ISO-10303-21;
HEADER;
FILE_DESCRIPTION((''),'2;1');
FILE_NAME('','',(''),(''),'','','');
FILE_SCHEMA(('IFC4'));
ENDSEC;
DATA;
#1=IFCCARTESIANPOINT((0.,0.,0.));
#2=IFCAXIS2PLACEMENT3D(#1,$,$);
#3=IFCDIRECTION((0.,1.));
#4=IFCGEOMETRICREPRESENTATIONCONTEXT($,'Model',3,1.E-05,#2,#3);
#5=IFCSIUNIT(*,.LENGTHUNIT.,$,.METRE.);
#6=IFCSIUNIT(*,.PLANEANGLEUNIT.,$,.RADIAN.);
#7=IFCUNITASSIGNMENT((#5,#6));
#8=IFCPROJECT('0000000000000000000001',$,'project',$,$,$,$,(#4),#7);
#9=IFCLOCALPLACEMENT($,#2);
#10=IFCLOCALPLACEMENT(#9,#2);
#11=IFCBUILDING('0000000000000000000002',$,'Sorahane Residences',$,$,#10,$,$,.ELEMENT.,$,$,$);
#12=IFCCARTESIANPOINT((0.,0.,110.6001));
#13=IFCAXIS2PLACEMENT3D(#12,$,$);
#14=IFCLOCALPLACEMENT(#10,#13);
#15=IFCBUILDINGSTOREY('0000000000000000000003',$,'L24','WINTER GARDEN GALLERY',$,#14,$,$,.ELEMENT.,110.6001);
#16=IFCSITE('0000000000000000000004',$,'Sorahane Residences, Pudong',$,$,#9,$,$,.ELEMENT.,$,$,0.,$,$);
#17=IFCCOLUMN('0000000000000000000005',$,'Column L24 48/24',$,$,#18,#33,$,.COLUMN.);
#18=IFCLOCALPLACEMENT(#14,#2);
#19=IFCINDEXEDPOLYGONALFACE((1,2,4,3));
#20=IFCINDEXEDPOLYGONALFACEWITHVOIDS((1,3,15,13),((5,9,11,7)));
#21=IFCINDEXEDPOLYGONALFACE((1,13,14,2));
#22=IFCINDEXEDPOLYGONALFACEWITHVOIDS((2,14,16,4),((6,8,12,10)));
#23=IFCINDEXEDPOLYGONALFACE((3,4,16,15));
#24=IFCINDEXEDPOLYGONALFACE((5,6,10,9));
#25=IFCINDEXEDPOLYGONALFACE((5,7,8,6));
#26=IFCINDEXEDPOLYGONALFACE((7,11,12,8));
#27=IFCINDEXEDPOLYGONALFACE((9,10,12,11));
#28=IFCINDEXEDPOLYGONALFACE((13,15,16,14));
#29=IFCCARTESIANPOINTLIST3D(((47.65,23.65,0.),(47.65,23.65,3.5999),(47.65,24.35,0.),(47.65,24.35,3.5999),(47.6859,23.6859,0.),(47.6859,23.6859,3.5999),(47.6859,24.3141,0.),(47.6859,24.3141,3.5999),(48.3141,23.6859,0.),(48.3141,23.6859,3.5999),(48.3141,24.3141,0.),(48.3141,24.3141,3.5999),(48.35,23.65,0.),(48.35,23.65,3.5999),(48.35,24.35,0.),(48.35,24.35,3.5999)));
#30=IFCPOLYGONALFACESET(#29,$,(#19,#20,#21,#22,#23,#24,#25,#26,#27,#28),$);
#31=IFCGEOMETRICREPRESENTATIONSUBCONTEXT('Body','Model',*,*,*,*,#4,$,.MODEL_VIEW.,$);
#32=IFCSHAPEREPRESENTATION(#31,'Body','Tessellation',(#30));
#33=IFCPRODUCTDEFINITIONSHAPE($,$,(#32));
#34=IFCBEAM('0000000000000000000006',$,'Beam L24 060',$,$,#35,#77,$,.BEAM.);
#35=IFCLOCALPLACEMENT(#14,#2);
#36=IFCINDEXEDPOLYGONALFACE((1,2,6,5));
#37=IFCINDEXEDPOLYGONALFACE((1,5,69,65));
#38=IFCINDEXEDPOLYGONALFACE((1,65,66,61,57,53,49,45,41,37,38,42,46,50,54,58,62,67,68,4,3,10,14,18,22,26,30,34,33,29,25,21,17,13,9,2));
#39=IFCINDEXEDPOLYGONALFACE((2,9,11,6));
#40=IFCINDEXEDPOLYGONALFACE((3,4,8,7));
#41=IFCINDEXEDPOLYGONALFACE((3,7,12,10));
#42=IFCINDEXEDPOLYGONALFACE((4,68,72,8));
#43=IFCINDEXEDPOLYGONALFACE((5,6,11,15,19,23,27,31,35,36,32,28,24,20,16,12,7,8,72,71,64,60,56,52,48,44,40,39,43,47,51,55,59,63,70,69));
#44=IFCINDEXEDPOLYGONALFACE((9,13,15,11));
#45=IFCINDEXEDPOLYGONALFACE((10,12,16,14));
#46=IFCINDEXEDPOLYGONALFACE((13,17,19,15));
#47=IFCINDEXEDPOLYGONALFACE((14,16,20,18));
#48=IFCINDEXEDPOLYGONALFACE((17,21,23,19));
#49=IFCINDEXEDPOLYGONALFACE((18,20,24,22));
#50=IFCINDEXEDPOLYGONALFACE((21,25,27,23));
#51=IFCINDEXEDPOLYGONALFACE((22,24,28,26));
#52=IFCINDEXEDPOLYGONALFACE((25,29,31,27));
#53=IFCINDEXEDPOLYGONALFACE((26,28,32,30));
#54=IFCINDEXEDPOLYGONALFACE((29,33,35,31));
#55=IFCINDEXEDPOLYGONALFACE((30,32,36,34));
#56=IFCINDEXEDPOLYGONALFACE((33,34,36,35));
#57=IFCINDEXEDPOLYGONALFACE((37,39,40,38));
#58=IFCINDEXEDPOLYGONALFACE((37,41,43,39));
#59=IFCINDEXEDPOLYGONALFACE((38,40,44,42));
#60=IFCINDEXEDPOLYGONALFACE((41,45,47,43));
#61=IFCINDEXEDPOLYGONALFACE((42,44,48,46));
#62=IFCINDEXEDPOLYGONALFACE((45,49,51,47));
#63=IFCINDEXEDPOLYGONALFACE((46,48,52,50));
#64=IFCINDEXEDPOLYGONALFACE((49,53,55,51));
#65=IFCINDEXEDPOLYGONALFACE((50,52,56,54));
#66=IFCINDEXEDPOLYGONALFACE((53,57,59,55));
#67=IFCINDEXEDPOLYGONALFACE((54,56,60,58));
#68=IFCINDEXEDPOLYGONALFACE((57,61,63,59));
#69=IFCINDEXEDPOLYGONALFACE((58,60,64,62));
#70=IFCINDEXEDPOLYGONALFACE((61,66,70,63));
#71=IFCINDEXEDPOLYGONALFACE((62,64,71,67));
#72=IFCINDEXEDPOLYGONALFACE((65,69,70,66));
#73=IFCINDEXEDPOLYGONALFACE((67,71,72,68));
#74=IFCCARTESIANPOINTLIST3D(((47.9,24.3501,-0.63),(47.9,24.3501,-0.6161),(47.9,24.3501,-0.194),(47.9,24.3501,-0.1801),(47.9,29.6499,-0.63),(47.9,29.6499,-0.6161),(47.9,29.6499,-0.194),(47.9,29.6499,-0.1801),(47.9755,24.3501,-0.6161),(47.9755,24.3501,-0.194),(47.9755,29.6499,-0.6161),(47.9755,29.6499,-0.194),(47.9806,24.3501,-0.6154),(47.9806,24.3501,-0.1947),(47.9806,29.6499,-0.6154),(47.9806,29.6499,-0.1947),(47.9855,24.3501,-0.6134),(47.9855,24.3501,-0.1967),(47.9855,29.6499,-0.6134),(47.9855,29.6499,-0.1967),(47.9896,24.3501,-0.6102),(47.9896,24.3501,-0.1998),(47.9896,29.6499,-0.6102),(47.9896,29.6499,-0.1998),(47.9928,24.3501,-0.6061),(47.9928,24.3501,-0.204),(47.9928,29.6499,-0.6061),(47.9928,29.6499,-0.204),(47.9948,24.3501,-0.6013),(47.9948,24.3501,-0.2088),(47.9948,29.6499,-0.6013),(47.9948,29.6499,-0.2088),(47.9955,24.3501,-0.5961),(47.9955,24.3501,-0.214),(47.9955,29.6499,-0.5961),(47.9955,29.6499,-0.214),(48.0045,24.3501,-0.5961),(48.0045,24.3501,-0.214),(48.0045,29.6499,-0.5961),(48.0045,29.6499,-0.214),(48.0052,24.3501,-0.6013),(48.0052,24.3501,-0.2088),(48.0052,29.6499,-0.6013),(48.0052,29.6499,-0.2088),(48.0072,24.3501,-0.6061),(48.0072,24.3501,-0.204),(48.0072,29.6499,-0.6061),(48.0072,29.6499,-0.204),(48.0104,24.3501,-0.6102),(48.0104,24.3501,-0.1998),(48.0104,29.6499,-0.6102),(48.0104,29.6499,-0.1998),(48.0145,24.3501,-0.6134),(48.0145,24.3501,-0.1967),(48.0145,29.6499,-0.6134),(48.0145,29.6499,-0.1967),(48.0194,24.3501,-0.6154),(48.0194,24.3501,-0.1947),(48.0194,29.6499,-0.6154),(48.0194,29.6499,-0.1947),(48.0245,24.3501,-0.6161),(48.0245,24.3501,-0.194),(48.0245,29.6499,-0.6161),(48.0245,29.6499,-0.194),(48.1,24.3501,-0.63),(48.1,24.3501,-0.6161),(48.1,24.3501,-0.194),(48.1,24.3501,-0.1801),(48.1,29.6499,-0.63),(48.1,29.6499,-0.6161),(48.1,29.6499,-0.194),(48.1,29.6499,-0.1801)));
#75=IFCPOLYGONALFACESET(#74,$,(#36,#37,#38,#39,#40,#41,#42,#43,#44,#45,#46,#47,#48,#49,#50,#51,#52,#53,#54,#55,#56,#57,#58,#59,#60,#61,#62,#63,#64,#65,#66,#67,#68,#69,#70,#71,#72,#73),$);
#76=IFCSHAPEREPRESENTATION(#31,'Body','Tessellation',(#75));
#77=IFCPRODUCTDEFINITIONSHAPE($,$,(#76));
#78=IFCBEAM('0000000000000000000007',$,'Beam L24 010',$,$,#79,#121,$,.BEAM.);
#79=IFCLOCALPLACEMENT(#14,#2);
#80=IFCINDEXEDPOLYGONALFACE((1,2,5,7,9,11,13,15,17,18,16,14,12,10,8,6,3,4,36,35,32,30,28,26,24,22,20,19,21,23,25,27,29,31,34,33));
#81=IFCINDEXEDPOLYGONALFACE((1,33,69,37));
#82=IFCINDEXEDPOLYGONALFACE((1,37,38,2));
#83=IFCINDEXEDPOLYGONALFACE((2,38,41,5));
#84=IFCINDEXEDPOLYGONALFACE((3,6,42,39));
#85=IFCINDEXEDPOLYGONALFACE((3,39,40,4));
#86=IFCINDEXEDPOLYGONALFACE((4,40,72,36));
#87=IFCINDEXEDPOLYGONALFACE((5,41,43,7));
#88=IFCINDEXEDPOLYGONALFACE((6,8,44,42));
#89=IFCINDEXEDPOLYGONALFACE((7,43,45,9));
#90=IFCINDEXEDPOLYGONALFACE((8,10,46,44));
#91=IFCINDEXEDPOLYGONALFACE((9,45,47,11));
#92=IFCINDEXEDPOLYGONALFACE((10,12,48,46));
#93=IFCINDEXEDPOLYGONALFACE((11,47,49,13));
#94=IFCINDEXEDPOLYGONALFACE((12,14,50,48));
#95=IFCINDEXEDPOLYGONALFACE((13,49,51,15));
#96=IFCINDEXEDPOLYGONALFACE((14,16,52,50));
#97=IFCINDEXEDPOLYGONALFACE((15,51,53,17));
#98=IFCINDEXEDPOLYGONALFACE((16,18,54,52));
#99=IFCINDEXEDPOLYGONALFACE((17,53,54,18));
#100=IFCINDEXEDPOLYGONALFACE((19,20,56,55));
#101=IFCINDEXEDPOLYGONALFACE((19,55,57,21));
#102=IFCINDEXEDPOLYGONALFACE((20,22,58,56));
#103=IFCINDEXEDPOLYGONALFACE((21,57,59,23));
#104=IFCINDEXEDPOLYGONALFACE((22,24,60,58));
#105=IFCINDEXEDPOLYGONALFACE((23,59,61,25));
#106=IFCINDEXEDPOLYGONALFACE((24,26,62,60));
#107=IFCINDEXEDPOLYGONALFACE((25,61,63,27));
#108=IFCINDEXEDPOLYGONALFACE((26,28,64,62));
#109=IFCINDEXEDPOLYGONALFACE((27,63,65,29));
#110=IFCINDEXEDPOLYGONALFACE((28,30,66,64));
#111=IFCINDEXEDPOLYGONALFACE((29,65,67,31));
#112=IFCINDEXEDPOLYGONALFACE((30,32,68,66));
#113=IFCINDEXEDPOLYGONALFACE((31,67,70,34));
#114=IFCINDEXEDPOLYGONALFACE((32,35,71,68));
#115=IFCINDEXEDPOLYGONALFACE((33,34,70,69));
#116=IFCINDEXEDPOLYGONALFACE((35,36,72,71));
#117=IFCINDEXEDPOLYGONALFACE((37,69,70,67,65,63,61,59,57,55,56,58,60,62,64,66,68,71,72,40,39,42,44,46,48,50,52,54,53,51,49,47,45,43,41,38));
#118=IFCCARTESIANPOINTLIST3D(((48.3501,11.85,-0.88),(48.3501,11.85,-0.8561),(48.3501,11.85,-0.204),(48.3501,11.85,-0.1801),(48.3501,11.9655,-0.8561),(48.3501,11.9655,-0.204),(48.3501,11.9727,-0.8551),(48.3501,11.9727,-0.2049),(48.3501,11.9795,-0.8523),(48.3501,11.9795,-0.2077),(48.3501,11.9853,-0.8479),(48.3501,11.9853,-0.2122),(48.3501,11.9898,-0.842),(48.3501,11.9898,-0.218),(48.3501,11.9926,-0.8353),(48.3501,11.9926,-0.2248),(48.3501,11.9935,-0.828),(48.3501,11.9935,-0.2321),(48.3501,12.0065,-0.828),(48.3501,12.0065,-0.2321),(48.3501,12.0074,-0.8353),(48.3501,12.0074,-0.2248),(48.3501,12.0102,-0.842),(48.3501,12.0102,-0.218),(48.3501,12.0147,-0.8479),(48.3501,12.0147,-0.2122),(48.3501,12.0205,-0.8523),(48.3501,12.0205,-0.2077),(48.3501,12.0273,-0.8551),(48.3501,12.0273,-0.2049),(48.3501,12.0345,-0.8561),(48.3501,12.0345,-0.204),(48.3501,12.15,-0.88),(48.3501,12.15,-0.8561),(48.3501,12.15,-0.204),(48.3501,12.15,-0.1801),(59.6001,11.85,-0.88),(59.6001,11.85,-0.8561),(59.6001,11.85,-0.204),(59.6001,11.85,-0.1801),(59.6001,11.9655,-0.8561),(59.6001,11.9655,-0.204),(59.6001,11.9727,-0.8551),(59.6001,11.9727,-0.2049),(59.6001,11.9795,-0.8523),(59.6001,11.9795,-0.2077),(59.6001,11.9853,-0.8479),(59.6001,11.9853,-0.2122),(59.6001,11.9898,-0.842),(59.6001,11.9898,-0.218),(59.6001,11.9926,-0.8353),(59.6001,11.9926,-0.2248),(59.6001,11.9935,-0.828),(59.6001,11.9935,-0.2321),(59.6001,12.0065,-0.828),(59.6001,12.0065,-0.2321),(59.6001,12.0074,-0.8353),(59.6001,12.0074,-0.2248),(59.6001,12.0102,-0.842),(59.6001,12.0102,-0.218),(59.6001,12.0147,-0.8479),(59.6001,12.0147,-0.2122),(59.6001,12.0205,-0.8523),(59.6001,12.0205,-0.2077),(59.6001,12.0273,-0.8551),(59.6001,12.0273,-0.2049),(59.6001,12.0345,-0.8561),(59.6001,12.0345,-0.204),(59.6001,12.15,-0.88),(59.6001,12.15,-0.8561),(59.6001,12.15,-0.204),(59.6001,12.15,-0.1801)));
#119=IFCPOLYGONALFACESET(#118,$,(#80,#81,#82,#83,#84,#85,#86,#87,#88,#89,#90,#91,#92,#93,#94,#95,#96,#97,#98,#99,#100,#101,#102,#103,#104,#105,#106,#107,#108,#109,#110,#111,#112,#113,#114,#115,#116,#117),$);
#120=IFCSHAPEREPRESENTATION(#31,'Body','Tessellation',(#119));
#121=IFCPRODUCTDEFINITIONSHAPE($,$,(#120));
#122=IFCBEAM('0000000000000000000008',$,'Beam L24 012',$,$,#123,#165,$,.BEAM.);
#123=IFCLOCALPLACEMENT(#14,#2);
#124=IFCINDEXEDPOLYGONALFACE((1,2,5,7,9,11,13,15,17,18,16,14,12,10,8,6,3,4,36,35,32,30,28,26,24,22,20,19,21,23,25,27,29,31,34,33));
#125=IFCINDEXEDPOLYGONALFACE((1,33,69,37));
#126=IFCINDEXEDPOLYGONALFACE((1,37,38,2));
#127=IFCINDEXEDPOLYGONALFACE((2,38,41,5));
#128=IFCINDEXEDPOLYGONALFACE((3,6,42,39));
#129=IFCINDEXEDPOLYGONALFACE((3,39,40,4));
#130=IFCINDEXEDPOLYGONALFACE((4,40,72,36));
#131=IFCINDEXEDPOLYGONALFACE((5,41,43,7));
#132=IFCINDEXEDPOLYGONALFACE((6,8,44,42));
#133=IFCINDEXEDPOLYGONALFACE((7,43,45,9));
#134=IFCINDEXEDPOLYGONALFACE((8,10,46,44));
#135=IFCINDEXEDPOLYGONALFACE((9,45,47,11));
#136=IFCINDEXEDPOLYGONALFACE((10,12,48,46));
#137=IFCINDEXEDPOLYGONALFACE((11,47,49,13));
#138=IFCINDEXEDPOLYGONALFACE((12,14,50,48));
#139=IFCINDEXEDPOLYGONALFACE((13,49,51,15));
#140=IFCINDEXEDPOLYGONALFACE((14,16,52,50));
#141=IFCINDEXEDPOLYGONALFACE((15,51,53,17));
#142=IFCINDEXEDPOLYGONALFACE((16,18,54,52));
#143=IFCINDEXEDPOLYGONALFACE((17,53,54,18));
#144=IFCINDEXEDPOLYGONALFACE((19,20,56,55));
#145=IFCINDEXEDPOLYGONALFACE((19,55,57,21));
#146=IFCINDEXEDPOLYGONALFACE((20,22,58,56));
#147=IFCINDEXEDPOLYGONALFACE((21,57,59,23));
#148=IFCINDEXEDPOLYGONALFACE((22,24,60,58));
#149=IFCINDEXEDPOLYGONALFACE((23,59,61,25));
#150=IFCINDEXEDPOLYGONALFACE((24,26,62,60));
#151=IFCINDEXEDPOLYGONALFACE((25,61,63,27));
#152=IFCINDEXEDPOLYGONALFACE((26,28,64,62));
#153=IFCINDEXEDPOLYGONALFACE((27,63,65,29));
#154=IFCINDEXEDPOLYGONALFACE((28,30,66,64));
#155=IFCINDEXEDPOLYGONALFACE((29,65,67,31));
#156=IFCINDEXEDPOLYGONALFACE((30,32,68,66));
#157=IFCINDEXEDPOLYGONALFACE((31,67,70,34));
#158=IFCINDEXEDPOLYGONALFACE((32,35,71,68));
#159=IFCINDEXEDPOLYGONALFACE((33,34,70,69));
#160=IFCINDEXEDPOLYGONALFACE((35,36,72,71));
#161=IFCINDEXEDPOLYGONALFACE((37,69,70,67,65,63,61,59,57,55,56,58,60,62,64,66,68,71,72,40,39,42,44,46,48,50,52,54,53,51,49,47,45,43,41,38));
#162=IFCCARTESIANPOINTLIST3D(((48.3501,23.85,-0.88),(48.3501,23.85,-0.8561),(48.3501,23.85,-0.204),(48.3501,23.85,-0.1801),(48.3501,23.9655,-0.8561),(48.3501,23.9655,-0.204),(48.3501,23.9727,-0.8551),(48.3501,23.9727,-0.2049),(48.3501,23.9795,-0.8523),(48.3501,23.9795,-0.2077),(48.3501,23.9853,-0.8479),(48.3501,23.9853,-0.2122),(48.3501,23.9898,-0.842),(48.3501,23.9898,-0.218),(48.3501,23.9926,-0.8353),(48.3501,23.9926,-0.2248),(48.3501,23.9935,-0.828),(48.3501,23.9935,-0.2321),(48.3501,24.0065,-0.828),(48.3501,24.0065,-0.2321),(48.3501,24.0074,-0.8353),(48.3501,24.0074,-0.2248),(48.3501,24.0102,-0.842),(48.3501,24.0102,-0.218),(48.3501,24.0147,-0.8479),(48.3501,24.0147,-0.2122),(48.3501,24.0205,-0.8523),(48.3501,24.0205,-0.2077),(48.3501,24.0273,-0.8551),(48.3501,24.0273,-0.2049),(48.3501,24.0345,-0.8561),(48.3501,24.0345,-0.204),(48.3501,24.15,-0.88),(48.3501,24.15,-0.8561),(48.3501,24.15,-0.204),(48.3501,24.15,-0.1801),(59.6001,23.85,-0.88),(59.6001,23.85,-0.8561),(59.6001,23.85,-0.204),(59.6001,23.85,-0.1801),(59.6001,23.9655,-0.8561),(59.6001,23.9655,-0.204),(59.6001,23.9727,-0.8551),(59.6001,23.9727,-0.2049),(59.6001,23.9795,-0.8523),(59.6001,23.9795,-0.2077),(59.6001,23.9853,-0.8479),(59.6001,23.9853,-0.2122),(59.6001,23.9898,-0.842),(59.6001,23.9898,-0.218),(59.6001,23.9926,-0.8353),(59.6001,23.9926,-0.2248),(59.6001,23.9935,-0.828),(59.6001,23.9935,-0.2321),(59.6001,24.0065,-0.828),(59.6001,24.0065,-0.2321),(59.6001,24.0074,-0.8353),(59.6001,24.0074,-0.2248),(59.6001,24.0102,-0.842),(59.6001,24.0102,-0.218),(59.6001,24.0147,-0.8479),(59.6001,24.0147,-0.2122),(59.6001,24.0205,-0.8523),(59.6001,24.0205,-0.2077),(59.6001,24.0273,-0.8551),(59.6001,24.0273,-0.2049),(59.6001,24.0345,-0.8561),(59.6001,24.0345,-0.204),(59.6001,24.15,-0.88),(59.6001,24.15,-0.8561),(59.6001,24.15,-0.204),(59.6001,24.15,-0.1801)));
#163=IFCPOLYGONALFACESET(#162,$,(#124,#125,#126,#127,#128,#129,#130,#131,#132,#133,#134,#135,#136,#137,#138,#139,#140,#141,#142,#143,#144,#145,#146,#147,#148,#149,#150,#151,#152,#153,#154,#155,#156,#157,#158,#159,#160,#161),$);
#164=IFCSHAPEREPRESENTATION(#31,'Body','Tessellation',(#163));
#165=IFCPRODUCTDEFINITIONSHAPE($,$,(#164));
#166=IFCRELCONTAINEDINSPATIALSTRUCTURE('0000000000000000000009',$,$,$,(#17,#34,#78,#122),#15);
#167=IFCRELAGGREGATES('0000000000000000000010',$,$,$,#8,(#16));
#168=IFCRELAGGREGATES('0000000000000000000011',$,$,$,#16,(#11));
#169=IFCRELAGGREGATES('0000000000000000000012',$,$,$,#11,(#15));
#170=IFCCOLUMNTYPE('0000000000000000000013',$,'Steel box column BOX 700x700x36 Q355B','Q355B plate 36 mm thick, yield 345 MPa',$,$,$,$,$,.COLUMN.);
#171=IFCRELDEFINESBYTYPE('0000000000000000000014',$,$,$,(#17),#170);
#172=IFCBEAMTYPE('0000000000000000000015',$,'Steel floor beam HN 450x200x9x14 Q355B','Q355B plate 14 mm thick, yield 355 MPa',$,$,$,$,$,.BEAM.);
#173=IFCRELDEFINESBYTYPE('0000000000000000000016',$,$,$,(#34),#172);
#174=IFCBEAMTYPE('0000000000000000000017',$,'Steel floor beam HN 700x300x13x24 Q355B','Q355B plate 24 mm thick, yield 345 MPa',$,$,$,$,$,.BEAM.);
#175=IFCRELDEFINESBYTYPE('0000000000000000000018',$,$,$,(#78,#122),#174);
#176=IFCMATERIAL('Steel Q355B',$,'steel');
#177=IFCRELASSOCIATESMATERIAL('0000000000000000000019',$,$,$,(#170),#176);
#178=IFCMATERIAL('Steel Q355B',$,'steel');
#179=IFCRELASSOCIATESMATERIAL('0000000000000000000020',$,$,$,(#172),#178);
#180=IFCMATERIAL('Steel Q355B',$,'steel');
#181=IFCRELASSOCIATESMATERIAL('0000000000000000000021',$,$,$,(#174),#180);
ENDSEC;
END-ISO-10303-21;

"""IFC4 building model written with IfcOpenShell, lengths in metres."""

from ifc_helpers import new_model, si_unit, direction, frame, origin, origin_2d, place, context, subcontext, project, spatial, hollow_rectangle, i_section, extrude, material, material_profile, profile_set, type_object, element, save


model = new_model("IFC4")

# Units and contexts
model_context = context("Model", 3, precision=1e-05, world=origin(), true_north=direction((0.0, 1.0)))
body_context = subcontext(model_context, "Body", "Model", "MODEL_VIEW")
ifc_project = project(units=[si_unit("LENGTHUNIT", "METRE"), si_unit("PLANEANGLEUNIT", "RADIAN")], contexts=[model_context])

# Site, building, storey
site_placement = place(None, origin())
site = spatial("IfcSite", under=ifc_project, at=site_placement, Name="Sorahane Residences, Pudong", CompositionType="ELEMENT", RefElevation=0.0)
building_placement = place(site_placement, origin())
building = spatial("IfcBuilding", under=site, at=building_placement, Name="Sorahane Residences", CompositionType="ELEMENT")
storey_placement = place(building_placement, frame((0.0, 0.0, 110.6001)))
storey = spatial("IfcBuildingStorey", under=building, at=storey_placement, Name="L24", Description="WINTER GARDEN GALLERY", CompositionType="ELEMENT", Elevation=110.6001)

# Column
ifc_material_1 = material(Name="Steel Q355B", Category="steel")
ifc_material_profile_1 = material_profile(ifc_material_1, hollow_rectangle(XDim=0.7, YDim=0.7, WallThickness=0.0359, at=origin_2d()), Name="BOX 700x700x36")
ifc_profile_set_1 = profile_set([ifc_material_profile_1], Name="Steel Q355B")
column_type = type_object("IfcColumnType", Name="Steel box column BOX 700x700x36 Q355B", Description="Q355B plate 36 mm thick, yield 345 MPa", PredefinedType="COLUMN", material=ifc_profile_set_1)
column_placement = place(storey_placement, frame((48.0, 24.0, 0.0), z_axis=(0.0, 0.0, 1.0), x_axis=(1.0, 0.0, 0.0)))
element("IfcColumn", 1, at=column_placement, inside=storey, type_object=column_type, Name="Column L24 48/24", PredefinedType="COLUMN", context=body_context, shape_type="SweptSolid", body=[
    extrude(hollow_rectangle(XDim=0.7, YDim=0.7, WallThickness=0.0359, at=origin_2d()), origin(), (0.0, 0.0, 1.0), 3.5999),
])

# Beams
ifc_material_2 = material(Name="Steel Q355B", Category="steel")
ifc_material_profile_2 = material_profile(ifc_material_2, i_section(OverallWidth=0.2, OverallDepth=0.45, WebThickness=0.009, FlangeThickness=0.0139, FilletRadius=0.02, at=origin_2d()), Name="HN 450x200x9x14")
ifc_profile_set_2 = profile_set([ifc_material_profile_2], Name="Steel Q355B")
beam_type_1 = type_object("IfcBeamType", Name="Steel floor beam HN 450x200x9x14 Q355B", Description="Q355B plate 14 mm thick, yield 355 MPa", PredefinedType="BEAM", material=ifc_profile_set_2)
beam_1_placement = place(storey_placement, frame((48.0, 24.3501, -0.405), z_axis=(0.0, 1.0, 0.0), x_axis=(-1.0, 0.0, 0.0)))
element("IfcBeam", 2, at=beam_1_placement, inside=storey, type_object=beam_type_1, Name="Beam L24 060", PredefinedType="BEAM", context=body_context, shape_type="SweptSolid", body=[
    extrude(i_section(OverallWidth=0.2, OverallDepth=0.45, WebThickness=0.009, FlangeThickness=0.0139, FilletRadius=0.02, at=origin_2d()), origin(), (0.0, 0.0, 1.0), 5.2998),
])
ifc_material_3 = material(Name="Steel Q355B", Category="steel")
ifc_material_profile_3 = material_profile(ifc_material_3, i_section(OverallWidth=0.3, OverallDepth=0.7, WebThickness=0.0129, FlangeThickness=0.0239, FilletRadius=0.0281, at=origin_2d()), Name="HN 700x300x13x24")
ifc_profile_set_3 = profile_set([ifc_material_profile_3], Name="Steel Q355B")
beam_type_2 = type_object("IfcBeamType", Name="Steel floor beam HN 700x300x13x24 Q355B", Description="Q355B plate 24 mm thick, yield 345 MPa", PredefinedType="BEAM", material=ifc_profile_set_3)
for number, where, z_axis, x_axis, name in (
    (3, (48.3501, 12.0, -0.53), (1.0, 0.0, 0.0), (0.0, 1.0, 0.0), "Beam L24 010"),
    (4, (48.3501, 24.0, -0.53), (1.0, 0.0, 0.0), (0.0, 1.0, 0.0), "Beam L24 012"),
):
    element("IfcBeam", number, at=place(storey_placement, frame(where, z_axis=z_axis, x_axis=x_axis)), inside=storey, type_object=beam_type_2, Name=name, PredefinedType="BEAM", context=body_context, shape_type="SweptSolid", body=[
        extrude(i_section(OverallWidth=0.3, OverallDepth=0.7, WebThickness=0.0129, FlangeThickness=0.0239, FilletRadius=0.0281, at=origin_2d()), origin(), (0.0, 0.0, 1.0), 11.25),
    ])

save(model, "model.ifc")
